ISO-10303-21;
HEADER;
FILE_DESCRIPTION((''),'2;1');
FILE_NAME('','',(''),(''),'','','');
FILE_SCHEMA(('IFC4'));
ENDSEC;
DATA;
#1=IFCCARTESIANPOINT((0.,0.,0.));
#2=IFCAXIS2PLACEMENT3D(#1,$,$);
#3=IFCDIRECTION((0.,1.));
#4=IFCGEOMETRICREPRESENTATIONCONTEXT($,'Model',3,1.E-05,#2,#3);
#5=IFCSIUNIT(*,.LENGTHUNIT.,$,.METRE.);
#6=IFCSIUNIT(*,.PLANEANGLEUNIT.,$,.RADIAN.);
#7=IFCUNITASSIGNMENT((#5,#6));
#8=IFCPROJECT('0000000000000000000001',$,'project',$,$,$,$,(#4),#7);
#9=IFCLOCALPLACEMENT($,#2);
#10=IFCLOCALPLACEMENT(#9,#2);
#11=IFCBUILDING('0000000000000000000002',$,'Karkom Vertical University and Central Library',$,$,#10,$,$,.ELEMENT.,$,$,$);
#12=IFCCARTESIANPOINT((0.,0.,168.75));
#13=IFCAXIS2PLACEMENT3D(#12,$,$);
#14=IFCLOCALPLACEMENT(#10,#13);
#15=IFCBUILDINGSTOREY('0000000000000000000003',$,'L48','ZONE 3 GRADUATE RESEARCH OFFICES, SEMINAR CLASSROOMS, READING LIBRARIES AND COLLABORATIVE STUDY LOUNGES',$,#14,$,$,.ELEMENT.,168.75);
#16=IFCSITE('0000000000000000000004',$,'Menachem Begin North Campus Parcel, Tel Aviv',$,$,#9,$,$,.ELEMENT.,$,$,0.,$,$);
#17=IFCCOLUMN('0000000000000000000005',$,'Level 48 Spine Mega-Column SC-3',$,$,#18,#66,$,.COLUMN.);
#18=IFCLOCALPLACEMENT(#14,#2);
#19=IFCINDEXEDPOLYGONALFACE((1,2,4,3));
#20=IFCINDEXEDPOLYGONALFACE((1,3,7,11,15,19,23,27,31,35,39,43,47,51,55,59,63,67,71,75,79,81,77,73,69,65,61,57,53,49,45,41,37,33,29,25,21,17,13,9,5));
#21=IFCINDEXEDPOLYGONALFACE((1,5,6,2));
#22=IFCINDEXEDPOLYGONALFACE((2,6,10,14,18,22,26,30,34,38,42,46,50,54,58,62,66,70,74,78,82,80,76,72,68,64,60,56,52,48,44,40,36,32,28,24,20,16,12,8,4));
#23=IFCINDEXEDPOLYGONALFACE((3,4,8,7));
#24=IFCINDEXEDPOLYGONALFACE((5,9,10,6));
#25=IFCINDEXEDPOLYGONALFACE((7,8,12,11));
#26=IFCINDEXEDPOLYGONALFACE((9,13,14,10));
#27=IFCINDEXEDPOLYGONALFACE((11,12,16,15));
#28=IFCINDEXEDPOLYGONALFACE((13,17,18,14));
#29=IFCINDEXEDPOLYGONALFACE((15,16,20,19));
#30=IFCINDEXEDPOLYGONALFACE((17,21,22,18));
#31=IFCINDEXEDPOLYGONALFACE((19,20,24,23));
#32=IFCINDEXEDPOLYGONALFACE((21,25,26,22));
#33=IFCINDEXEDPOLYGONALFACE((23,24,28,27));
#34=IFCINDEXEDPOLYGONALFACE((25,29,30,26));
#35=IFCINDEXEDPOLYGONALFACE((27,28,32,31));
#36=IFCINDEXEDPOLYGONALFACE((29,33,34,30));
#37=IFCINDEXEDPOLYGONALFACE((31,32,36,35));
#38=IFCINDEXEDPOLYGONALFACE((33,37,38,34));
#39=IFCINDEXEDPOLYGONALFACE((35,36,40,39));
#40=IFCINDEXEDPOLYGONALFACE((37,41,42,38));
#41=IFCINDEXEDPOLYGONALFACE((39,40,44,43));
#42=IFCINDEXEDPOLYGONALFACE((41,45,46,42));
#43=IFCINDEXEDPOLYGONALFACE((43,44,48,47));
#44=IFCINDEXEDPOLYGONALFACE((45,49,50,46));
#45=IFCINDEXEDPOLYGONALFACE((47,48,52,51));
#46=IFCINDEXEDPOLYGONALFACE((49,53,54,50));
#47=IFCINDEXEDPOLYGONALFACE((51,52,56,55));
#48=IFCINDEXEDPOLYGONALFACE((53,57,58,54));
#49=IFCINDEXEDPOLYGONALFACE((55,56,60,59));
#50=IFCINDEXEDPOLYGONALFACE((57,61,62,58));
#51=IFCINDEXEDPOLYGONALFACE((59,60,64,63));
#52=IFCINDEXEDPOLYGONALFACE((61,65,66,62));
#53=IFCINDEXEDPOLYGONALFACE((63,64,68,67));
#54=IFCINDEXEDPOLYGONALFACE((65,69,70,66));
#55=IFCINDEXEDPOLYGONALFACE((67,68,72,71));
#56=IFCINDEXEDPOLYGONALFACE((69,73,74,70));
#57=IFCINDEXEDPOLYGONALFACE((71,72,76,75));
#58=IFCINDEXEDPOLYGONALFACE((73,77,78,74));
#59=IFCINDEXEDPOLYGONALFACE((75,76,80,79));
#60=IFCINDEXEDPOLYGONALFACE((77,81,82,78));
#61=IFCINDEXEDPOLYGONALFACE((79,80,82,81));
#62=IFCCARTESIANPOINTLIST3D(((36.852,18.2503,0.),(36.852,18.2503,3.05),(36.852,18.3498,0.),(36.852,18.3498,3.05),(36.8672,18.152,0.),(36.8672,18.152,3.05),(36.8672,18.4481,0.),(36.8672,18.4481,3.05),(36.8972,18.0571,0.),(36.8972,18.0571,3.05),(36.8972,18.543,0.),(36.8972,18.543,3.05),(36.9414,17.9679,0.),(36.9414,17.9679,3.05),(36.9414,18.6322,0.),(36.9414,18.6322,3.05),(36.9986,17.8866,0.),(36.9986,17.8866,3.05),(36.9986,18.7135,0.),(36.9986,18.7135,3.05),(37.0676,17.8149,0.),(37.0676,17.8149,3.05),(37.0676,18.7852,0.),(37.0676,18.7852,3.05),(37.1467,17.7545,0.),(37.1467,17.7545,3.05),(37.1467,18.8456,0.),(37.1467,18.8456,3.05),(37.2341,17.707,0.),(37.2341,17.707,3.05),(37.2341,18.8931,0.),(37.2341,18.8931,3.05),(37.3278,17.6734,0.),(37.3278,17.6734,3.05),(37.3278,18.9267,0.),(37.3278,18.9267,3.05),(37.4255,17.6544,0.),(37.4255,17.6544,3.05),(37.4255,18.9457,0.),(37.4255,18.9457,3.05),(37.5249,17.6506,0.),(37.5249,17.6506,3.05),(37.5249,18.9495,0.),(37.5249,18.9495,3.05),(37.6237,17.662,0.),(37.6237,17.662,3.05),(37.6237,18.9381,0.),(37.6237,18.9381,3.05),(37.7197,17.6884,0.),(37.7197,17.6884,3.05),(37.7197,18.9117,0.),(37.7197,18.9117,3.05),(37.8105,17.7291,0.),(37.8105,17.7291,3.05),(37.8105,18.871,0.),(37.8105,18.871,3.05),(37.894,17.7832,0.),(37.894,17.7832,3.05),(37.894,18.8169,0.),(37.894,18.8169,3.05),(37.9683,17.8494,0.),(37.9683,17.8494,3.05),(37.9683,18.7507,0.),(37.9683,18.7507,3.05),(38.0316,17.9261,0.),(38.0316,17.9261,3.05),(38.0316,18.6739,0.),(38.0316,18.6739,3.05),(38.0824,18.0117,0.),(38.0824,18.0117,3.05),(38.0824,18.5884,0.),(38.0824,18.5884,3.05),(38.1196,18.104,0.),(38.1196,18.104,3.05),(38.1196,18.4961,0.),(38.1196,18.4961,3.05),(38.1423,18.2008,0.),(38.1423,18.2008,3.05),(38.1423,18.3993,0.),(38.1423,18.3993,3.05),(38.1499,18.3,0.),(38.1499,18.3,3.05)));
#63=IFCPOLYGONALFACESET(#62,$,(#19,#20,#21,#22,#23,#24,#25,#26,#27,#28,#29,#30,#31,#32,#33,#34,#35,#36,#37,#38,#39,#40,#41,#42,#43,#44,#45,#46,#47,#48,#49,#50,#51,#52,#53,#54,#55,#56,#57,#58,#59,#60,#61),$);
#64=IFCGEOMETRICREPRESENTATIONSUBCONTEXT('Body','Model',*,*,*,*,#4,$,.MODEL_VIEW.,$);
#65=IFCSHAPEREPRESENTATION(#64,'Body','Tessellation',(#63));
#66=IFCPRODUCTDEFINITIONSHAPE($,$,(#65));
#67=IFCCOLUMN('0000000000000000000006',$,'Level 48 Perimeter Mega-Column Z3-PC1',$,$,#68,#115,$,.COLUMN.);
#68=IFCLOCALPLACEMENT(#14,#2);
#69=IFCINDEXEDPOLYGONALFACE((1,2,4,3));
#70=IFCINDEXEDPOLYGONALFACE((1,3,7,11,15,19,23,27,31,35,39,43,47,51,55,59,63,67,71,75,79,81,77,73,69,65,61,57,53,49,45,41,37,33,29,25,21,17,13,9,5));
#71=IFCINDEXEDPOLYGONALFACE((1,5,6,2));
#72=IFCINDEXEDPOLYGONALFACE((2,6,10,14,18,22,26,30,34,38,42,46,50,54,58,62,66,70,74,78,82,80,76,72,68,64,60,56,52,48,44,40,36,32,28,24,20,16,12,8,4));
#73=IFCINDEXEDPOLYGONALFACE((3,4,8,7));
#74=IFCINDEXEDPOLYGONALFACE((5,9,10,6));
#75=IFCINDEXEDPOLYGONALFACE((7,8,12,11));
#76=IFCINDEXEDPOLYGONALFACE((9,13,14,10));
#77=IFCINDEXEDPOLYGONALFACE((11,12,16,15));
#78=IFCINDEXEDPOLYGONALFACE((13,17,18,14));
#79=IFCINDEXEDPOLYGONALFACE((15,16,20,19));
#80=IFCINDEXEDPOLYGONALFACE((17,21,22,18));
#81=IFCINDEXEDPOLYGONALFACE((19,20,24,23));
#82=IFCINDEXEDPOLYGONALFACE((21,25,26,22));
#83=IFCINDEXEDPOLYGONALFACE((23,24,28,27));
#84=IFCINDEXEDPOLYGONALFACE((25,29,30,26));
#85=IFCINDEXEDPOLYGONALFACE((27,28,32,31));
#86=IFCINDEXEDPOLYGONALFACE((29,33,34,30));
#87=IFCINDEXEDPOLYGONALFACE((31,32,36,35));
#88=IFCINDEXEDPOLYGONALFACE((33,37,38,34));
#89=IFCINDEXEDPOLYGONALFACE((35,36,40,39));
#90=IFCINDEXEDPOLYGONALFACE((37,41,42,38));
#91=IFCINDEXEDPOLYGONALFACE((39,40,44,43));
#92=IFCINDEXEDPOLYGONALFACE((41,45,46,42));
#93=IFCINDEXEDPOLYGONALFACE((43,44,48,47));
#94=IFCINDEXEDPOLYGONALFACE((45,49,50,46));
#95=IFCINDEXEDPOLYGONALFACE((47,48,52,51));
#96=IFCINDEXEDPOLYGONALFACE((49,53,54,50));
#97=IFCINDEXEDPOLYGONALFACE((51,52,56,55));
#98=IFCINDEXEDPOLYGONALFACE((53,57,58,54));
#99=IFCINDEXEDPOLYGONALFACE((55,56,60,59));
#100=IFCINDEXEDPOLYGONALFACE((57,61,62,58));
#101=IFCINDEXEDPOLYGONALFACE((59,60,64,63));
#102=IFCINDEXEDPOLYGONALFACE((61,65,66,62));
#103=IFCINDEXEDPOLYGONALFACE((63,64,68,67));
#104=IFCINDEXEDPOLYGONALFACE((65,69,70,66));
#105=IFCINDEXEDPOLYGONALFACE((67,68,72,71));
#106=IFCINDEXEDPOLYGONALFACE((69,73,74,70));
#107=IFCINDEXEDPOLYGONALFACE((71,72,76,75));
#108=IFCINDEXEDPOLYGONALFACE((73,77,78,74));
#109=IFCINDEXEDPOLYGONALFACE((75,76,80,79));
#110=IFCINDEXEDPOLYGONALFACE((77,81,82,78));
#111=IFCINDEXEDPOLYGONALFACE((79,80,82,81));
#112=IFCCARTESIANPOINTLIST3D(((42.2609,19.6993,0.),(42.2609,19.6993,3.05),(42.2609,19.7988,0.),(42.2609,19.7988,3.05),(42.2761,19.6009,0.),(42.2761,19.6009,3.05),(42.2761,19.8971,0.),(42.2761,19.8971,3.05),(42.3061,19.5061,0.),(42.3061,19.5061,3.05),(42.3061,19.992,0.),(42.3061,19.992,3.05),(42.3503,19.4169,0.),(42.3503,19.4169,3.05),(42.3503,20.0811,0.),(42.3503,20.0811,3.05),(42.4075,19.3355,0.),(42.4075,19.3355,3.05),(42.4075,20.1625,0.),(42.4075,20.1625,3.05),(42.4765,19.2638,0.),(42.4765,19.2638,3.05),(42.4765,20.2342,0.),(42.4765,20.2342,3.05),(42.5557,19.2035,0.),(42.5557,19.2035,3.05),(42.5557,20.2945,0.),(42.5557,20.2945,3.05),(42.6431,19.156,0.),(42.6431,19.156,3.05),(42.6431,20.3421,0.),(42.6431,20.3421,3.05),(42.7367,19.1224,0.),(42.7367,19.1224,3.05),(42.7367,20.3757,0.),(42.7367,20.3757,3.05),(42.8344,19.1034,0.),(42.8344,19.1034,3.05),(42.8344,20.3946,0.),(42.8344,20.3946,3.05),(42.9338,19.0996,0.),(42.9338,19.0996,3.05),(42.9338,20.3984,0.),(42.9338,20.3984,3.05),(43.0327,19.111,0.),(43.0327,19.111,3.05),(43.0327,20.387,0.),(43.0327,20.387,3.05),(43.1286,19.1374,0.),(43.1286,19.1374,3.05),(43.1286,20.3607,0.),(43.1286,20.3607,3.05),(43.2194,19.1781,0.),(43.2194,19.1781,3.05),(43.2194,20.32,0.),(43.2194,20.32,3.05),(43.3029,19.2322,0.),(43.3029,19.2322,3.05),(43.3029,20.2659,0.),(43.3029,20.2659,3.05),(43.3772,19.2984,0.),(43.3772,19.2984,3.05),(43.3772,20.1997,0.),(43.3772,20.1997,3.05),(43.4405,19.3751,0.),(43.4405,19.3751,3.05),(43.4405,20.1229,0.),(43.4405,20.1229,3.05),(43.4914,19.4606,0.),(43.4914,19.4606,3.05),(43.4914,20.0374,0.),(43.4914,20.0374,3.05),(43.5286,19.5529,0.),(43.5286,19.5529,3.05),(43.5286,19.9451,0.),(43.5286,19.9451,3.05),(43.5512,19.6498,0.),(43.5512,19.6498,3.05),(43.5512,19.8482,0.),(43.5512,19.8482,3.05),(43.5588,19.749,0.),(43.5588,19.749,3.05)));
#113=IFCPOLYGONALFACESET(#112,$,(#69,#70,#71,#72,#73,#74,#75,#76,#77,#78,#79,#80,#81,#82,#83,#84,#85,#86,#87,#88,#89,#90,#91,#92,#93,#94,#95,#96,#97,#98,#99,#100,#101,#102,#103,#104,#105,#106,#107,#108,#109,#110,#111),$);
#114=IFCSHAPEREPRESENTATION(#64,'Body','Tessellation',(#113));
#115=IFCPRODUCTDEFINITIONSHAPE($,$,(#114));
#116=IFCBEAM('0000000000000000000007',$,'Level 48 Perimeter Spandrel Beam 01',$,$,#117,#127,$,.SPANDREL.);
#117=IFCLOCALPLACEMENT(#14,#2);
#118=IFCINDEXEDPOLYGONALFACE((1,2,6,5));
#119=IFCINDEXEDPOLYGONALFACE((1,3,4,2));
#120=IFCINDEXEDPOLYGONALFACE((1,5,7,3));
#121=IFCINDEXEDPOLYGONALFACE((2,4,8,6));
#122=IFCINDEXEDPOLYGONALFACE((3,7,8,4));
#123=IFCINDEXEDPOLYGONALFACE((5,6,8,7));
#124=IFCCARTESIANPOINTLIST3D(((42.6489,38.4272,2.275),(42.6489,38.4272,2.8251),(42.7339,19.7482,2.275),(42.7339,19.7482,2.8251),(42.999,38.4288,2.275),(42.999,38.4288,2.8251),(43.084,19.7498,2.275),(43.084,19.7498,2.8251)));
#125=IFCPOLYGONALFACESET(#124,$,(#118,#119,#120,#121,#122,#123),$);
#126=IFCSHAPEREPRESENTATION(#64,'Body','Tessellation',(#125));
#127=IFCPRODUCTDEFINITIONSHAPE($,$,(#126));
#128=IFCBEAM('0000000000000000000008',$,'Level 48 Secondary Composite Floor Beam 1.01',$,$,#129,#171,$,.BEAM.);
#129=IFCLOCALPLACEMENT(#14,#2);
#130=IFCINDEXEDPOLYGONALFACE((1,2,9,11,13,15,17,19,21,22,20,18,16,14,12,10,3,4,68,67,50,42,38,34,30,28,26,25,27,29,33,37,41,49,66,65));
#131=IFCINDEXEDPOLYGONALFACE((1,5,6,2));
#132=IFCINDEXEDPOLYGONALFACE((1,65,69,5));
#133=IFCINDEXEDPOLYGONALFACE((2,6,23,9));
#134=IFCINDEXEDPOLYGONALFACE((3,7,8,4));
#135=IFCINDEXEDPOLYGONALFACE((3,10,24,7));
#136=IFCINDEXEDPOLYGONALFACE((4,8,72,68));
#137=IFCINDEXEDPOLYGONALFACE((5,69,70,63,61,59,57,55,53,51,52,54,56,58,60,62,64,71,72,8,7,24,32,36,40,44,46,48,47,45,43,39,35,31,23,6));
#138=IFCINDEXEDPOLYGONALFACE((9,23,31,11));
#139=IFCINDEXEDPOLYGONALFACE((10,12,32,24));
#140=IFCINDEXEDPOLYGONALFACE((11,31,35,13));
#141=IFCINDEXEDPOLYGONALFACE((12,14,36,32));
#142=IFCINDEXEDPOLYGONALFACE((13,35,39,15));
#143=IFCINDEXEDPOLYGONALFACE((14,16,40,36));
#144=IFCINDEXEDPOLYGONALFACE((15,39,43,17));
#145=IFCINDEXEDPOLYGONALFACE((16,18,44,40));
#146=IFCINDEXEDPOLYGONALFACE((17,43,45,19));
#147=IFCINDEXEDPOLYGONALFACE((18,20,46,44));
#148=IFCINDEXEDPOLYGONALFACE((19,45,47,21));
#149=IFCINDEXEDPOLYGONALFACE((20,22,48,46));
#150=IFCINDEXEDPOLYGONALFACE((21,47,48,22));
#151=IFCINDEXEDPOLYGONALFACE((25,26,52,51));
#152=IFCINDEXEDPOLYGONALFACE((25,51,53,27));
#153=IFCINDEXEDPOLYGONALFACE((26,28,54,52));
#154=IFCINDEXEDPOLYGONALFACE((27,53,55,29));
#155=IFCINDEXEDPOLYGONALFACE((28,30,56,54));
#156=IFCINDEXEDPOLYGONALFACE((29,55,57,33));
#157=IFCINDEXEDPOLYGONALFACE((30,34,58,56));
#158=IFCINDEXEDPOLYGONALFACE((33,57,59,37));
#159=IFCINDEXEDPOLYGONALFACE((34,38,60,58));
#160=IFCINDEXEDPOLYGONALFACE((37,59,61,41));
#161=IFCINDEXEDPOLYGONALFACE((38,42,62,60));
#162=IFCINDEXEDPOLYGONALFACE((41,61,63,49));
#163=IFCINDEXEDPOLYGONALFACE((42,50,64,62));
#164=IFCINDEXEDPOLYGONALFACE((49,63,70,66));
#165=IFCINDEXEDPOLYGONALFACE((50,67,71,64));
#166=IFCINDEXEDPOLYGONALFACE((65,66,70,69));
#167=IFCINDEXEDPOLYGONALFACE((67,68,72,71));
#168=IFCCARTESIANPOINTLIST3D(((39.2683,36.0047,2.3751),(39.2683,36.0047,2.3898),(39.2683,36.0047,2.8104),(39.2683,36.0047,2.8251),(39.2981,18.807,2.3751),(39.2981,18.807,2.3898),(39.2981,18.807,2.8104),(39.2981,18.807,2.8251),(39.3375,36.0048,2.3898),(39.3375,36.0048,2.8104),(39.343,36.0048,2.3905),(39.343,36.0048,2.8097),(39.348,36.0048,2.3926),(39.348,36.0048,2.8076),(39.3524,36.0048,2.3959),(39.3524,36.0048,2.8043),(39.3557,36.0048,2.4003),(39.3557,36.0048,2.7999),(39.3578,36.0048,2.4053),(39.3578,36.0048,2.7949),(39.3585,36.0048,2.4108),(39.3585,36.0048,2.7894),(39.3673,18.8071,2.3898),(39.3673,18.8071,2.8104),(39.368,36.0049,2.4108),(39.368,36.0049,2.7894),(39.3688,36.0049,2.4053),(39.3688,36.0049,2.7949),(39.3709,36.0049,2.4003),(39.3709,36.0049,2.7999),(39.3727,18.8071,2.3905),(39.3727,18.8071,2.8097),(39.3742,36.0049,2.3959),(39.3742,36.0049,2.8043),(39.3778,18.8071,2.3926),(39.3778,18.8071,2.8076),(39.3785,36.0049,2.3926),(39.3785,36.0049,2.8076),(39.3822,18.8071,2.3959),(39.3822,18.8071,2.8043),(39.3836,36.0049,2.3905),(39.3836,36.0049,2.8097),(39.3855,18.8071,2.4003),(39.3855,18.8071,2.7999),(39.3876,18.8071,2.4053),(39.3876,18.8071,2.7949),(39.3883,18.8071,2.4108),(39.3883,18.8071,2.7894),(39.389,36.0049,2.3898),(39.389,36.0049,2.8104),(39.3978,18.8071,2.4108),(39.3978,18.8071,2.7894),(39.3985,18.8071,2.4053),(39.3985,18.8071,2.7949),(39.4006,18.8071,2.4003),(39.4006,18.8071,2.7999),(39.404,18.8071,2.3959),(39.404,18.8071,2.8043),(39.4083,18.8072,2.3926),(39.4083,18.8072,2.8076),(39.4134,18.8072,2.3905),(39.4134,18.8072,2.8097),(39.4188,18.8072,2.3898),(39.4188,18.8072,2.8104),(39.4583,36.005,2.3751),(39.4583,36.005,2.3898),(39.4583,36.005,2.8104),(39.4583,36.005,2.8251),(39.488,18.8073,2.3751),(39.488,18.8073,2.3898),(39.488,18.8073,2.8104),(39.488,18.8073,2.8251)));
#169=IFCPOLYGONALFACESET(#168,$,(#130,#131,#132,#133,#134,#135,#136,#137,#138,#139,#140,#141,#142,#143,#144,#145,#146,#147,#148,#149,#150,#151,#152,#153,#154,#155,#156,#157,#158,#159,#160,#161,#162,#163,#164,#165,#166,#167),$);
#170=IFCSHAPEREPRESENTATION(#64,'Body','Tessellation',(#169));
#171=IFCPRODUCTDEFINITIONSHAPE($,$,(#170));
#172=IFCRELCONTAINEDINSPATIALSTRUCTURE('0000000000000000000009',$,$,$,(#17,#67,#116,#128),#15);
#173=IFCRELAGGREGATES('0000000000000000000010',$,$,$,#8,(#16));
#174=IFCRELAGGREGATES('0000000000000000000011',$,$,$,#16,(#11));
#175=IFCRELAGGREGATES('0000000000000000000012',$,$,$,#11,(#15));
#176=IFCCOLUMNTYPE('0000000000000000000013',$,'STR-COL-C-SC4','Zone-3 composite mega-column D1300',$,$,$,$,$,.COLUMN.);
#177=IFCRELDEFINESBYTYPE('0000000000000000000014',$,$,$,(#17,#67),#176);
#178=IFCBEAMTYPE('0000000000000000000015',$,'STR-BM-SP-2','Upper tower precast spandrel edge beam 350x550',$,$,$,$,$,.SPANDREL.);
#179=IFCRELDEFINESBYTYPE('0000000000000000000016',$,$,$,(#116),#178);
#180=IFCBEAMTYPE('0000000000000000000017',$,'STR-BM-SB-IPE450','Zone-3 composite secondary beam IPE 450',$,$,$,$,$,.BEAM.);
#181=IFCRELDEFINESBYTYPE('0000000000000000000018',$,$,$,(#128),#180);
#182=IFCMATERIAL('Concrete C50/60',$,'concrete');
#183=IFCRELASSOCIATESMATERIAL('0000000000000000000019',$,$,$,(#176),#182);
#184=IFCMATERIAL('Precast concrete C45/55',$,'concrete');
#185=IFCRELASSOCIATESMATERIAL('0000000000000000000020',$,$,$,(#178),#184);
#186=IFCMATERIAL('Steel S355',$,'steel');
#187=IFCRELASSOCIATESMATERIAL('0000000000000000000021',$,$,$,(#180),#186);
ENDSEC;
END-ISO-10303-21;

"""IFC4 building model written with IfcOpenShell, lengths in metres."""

from ifc_helpers import new_model, si_unit, direction, frame, origin, origin_with_axes, origin_2d, place, context, subcontext, project, spatial, rectangle, circle, i_section, extrude, source, transform, mapped, material, material_profile, profile_set, type_object, element, save


model = new_model("IFC4")

# Units and contexts
model_context = context("Model", 3, precision=1e-05, world=origin(), true_north=direction((0.0, 1.0)))
body_context = subcontext(model_context, "Body", "Model", "MODEL_VIEW")
ifc_project = project(units=[si_unit("LENGTHUNIT", "METRE"), si_unit("PLANEANGLEUNIT", "RADIAN")], contexts=[model_context])

# Site, building, storey
site_placement = place(None, origin())
site = spatial("IfcSite", under=ifc_project, at=site_placement, Name="Menachem Begin North Campus Parcel, Tel Aviv", CompositionType="ELEMENT", RefElevation=0.0)
building_placement = place(site_placement, origin())
building = spatial("IfcBuilding", under=site, at=building_placement, Name="Karkom Vertical University and Central Library", CompositionType="ELEMENT")
storey_placement = place(building_placement, frame((0.0, 0.0, 168.75)))
storey = spatial("IfcBuildingStorey", under=building, at=storey_placement, Name="L48", Description="ZONE 3 GRADUATE RESEARCH OFFICES, SEMINAR CLASSROOMS, READING LIBRARIES AND COLLABORATIVE STUDY LOUNGES", CompositionType="ELEMENT", Elevation=168.75)

# Columns
ifc_material_1 = material(Name="Concrete C50/60", Category="concrete")
ifc_material_profile_1 = material_profile(ifc_material_1, circle(Radius=0.6499, at=origin_2d()), Name="CFT-D1300")
ifc_profile_set_1 = profile_set([ifc_material_profile_1], Name="Concrete C50/60")
column_type = type_object("IfcColumnType", Name="STR-COL-C-SC4", Description="Zone-3 composite mega-column D1300", PredefinedType="COLUMN", material=ifc_profile_set_1)
shared_shape_1 = source(origin_with_axes(), body_context, "Body", "SweptSolid", [
    extrude(circle(Radius=0.6499, at=origin_2d()), origin(), (0.0, 0.0, 1.0), 3.05),
])
for number, where, z_axis, x_axis, name in (
    (1, (37.5, 18.3, 0.0), (0.0, 0.0, 1.0), (1.0, 0.0, 0.0), "Level 48 Spine Mega-Column SC-3"),
    (2, (42.9089, 19.749, 0.0), (0.0, 0.0, 1.0), (1.0, 0.0, 0.0), "Level 48 Perimeter Mega-Column Z3-PC1"),
):
    element("IfcColumn", number, at=place(storey_placement, frame(where, z_axis=z_axis, x_axis=x_axis)), inside=storey, type_object=column_type, Name=name, PredefinedType="COLUMN", context=body_context, shape_type="MappedRepresentation", body=[
        mapped(shared_shape_1, transform((0.0, 0.0, 0.0), scale=1.0)),
    ])

# Beams
ifc_material_2 = material(Name="Precast concrete C45/55", Category="concrete")
ifc_material_profile_2 = material_profile(ifc_material_2, rectangle(XDim=0.3501, YDim=0.55, at=origin_2d()), Name="SPB-350x550")
ifc_profile_set_2 = profile_set([ifc_material_profile_2], Name="Precast concrete C45/55")
beam_type_1 = type_object("IfcBeamType", Name="STR-BM-SP-2", Description="Upper tower precast spandrel edge beam 350x550", PredefinedType="SPANDREL", material=ifc_profile_set_2)
shared_shape_2 = source(origin_with_axes(), body_context, "Body", "SweptSolid", [
    extrude(rectangle(XDim=0.3501, YDim=0.55, at=origin_2d()), origin(), (0.0, 0.0, 1.0), 18.6792),
])
beam_1_placement = place(storey_placement, frame((42.9089, 19.749, 2.55), z_axis=(-0.004548, 0.99999, 0.0), x_axis=(-0.99999, -0.004548, 0.0)))
element("IfcBeam", 3, at=beam_1_placement, inside=storey, type_object=beam_type_1, Name="Level 48 Perimeter Spandrel Beam 01", PredefinedType="SPANDREL", context=body_context, shape_type="MappedRepresentation", body=[
    mapped(shared_shape_2, transform((0.0, 0.0, 0.0), scale=1.0)),
])
ifc_material_3 = material(Name="Steel S355", Category="steel")
ifc_material_profile_3 = material_profile(ifc_material_3, i_section(OverallWidth=0.1899, OverallDepth=0.45, WebThickness=0.0095, FlangeThickness=0.0146, FilletRadius=0.021, at=origin_2d()), Name="IPE 450")
ifc_profile_set_3 = profile_set([ifc_material_profile_3], Name="Steel S355")
beam_type_2 = type_object("IfcBeamType", Name="STR-BM-SB-IPE450", Description="Zone-3 composite secondary beam IPE 450", PredefinedType="BEAM", material=ifc_profile_set_3)
shared_shape_3 = source(origin_with_axes(), body_context, "Body", "SweptSolid", [
    extrude(i_section(OverallWidth=0.1899, OverallDepth=0.45, WebThickness=0.0095, FlangeThickness=0.0146, FilletRadius=0.021, at=origin_2d()), origin(), (0.0, 0.0, 1.0), 17.1978),
])
beam_2_placement = place(storey_placement, frame((39.3931, 18.8071, 2.6001), z_axis=(-0.001732, 0.999999, 0.0), x_axis=(-0.999999, -0.001732, 0.0)))
element("IfcBeam", 4, at=beam_2_placement, inside=storey, type_object=beam_type_2, Name="Level 48 Secondary Composite Floor Beam 1.01", PredefinedType="BEAM", context=body_context, shape_type="MappedRepresentation", body=[
    mapped(shared_shape_3, transform((0.0, 0.0, 0.0), scale=1.0)),
])

save(model, "model.ifc")
